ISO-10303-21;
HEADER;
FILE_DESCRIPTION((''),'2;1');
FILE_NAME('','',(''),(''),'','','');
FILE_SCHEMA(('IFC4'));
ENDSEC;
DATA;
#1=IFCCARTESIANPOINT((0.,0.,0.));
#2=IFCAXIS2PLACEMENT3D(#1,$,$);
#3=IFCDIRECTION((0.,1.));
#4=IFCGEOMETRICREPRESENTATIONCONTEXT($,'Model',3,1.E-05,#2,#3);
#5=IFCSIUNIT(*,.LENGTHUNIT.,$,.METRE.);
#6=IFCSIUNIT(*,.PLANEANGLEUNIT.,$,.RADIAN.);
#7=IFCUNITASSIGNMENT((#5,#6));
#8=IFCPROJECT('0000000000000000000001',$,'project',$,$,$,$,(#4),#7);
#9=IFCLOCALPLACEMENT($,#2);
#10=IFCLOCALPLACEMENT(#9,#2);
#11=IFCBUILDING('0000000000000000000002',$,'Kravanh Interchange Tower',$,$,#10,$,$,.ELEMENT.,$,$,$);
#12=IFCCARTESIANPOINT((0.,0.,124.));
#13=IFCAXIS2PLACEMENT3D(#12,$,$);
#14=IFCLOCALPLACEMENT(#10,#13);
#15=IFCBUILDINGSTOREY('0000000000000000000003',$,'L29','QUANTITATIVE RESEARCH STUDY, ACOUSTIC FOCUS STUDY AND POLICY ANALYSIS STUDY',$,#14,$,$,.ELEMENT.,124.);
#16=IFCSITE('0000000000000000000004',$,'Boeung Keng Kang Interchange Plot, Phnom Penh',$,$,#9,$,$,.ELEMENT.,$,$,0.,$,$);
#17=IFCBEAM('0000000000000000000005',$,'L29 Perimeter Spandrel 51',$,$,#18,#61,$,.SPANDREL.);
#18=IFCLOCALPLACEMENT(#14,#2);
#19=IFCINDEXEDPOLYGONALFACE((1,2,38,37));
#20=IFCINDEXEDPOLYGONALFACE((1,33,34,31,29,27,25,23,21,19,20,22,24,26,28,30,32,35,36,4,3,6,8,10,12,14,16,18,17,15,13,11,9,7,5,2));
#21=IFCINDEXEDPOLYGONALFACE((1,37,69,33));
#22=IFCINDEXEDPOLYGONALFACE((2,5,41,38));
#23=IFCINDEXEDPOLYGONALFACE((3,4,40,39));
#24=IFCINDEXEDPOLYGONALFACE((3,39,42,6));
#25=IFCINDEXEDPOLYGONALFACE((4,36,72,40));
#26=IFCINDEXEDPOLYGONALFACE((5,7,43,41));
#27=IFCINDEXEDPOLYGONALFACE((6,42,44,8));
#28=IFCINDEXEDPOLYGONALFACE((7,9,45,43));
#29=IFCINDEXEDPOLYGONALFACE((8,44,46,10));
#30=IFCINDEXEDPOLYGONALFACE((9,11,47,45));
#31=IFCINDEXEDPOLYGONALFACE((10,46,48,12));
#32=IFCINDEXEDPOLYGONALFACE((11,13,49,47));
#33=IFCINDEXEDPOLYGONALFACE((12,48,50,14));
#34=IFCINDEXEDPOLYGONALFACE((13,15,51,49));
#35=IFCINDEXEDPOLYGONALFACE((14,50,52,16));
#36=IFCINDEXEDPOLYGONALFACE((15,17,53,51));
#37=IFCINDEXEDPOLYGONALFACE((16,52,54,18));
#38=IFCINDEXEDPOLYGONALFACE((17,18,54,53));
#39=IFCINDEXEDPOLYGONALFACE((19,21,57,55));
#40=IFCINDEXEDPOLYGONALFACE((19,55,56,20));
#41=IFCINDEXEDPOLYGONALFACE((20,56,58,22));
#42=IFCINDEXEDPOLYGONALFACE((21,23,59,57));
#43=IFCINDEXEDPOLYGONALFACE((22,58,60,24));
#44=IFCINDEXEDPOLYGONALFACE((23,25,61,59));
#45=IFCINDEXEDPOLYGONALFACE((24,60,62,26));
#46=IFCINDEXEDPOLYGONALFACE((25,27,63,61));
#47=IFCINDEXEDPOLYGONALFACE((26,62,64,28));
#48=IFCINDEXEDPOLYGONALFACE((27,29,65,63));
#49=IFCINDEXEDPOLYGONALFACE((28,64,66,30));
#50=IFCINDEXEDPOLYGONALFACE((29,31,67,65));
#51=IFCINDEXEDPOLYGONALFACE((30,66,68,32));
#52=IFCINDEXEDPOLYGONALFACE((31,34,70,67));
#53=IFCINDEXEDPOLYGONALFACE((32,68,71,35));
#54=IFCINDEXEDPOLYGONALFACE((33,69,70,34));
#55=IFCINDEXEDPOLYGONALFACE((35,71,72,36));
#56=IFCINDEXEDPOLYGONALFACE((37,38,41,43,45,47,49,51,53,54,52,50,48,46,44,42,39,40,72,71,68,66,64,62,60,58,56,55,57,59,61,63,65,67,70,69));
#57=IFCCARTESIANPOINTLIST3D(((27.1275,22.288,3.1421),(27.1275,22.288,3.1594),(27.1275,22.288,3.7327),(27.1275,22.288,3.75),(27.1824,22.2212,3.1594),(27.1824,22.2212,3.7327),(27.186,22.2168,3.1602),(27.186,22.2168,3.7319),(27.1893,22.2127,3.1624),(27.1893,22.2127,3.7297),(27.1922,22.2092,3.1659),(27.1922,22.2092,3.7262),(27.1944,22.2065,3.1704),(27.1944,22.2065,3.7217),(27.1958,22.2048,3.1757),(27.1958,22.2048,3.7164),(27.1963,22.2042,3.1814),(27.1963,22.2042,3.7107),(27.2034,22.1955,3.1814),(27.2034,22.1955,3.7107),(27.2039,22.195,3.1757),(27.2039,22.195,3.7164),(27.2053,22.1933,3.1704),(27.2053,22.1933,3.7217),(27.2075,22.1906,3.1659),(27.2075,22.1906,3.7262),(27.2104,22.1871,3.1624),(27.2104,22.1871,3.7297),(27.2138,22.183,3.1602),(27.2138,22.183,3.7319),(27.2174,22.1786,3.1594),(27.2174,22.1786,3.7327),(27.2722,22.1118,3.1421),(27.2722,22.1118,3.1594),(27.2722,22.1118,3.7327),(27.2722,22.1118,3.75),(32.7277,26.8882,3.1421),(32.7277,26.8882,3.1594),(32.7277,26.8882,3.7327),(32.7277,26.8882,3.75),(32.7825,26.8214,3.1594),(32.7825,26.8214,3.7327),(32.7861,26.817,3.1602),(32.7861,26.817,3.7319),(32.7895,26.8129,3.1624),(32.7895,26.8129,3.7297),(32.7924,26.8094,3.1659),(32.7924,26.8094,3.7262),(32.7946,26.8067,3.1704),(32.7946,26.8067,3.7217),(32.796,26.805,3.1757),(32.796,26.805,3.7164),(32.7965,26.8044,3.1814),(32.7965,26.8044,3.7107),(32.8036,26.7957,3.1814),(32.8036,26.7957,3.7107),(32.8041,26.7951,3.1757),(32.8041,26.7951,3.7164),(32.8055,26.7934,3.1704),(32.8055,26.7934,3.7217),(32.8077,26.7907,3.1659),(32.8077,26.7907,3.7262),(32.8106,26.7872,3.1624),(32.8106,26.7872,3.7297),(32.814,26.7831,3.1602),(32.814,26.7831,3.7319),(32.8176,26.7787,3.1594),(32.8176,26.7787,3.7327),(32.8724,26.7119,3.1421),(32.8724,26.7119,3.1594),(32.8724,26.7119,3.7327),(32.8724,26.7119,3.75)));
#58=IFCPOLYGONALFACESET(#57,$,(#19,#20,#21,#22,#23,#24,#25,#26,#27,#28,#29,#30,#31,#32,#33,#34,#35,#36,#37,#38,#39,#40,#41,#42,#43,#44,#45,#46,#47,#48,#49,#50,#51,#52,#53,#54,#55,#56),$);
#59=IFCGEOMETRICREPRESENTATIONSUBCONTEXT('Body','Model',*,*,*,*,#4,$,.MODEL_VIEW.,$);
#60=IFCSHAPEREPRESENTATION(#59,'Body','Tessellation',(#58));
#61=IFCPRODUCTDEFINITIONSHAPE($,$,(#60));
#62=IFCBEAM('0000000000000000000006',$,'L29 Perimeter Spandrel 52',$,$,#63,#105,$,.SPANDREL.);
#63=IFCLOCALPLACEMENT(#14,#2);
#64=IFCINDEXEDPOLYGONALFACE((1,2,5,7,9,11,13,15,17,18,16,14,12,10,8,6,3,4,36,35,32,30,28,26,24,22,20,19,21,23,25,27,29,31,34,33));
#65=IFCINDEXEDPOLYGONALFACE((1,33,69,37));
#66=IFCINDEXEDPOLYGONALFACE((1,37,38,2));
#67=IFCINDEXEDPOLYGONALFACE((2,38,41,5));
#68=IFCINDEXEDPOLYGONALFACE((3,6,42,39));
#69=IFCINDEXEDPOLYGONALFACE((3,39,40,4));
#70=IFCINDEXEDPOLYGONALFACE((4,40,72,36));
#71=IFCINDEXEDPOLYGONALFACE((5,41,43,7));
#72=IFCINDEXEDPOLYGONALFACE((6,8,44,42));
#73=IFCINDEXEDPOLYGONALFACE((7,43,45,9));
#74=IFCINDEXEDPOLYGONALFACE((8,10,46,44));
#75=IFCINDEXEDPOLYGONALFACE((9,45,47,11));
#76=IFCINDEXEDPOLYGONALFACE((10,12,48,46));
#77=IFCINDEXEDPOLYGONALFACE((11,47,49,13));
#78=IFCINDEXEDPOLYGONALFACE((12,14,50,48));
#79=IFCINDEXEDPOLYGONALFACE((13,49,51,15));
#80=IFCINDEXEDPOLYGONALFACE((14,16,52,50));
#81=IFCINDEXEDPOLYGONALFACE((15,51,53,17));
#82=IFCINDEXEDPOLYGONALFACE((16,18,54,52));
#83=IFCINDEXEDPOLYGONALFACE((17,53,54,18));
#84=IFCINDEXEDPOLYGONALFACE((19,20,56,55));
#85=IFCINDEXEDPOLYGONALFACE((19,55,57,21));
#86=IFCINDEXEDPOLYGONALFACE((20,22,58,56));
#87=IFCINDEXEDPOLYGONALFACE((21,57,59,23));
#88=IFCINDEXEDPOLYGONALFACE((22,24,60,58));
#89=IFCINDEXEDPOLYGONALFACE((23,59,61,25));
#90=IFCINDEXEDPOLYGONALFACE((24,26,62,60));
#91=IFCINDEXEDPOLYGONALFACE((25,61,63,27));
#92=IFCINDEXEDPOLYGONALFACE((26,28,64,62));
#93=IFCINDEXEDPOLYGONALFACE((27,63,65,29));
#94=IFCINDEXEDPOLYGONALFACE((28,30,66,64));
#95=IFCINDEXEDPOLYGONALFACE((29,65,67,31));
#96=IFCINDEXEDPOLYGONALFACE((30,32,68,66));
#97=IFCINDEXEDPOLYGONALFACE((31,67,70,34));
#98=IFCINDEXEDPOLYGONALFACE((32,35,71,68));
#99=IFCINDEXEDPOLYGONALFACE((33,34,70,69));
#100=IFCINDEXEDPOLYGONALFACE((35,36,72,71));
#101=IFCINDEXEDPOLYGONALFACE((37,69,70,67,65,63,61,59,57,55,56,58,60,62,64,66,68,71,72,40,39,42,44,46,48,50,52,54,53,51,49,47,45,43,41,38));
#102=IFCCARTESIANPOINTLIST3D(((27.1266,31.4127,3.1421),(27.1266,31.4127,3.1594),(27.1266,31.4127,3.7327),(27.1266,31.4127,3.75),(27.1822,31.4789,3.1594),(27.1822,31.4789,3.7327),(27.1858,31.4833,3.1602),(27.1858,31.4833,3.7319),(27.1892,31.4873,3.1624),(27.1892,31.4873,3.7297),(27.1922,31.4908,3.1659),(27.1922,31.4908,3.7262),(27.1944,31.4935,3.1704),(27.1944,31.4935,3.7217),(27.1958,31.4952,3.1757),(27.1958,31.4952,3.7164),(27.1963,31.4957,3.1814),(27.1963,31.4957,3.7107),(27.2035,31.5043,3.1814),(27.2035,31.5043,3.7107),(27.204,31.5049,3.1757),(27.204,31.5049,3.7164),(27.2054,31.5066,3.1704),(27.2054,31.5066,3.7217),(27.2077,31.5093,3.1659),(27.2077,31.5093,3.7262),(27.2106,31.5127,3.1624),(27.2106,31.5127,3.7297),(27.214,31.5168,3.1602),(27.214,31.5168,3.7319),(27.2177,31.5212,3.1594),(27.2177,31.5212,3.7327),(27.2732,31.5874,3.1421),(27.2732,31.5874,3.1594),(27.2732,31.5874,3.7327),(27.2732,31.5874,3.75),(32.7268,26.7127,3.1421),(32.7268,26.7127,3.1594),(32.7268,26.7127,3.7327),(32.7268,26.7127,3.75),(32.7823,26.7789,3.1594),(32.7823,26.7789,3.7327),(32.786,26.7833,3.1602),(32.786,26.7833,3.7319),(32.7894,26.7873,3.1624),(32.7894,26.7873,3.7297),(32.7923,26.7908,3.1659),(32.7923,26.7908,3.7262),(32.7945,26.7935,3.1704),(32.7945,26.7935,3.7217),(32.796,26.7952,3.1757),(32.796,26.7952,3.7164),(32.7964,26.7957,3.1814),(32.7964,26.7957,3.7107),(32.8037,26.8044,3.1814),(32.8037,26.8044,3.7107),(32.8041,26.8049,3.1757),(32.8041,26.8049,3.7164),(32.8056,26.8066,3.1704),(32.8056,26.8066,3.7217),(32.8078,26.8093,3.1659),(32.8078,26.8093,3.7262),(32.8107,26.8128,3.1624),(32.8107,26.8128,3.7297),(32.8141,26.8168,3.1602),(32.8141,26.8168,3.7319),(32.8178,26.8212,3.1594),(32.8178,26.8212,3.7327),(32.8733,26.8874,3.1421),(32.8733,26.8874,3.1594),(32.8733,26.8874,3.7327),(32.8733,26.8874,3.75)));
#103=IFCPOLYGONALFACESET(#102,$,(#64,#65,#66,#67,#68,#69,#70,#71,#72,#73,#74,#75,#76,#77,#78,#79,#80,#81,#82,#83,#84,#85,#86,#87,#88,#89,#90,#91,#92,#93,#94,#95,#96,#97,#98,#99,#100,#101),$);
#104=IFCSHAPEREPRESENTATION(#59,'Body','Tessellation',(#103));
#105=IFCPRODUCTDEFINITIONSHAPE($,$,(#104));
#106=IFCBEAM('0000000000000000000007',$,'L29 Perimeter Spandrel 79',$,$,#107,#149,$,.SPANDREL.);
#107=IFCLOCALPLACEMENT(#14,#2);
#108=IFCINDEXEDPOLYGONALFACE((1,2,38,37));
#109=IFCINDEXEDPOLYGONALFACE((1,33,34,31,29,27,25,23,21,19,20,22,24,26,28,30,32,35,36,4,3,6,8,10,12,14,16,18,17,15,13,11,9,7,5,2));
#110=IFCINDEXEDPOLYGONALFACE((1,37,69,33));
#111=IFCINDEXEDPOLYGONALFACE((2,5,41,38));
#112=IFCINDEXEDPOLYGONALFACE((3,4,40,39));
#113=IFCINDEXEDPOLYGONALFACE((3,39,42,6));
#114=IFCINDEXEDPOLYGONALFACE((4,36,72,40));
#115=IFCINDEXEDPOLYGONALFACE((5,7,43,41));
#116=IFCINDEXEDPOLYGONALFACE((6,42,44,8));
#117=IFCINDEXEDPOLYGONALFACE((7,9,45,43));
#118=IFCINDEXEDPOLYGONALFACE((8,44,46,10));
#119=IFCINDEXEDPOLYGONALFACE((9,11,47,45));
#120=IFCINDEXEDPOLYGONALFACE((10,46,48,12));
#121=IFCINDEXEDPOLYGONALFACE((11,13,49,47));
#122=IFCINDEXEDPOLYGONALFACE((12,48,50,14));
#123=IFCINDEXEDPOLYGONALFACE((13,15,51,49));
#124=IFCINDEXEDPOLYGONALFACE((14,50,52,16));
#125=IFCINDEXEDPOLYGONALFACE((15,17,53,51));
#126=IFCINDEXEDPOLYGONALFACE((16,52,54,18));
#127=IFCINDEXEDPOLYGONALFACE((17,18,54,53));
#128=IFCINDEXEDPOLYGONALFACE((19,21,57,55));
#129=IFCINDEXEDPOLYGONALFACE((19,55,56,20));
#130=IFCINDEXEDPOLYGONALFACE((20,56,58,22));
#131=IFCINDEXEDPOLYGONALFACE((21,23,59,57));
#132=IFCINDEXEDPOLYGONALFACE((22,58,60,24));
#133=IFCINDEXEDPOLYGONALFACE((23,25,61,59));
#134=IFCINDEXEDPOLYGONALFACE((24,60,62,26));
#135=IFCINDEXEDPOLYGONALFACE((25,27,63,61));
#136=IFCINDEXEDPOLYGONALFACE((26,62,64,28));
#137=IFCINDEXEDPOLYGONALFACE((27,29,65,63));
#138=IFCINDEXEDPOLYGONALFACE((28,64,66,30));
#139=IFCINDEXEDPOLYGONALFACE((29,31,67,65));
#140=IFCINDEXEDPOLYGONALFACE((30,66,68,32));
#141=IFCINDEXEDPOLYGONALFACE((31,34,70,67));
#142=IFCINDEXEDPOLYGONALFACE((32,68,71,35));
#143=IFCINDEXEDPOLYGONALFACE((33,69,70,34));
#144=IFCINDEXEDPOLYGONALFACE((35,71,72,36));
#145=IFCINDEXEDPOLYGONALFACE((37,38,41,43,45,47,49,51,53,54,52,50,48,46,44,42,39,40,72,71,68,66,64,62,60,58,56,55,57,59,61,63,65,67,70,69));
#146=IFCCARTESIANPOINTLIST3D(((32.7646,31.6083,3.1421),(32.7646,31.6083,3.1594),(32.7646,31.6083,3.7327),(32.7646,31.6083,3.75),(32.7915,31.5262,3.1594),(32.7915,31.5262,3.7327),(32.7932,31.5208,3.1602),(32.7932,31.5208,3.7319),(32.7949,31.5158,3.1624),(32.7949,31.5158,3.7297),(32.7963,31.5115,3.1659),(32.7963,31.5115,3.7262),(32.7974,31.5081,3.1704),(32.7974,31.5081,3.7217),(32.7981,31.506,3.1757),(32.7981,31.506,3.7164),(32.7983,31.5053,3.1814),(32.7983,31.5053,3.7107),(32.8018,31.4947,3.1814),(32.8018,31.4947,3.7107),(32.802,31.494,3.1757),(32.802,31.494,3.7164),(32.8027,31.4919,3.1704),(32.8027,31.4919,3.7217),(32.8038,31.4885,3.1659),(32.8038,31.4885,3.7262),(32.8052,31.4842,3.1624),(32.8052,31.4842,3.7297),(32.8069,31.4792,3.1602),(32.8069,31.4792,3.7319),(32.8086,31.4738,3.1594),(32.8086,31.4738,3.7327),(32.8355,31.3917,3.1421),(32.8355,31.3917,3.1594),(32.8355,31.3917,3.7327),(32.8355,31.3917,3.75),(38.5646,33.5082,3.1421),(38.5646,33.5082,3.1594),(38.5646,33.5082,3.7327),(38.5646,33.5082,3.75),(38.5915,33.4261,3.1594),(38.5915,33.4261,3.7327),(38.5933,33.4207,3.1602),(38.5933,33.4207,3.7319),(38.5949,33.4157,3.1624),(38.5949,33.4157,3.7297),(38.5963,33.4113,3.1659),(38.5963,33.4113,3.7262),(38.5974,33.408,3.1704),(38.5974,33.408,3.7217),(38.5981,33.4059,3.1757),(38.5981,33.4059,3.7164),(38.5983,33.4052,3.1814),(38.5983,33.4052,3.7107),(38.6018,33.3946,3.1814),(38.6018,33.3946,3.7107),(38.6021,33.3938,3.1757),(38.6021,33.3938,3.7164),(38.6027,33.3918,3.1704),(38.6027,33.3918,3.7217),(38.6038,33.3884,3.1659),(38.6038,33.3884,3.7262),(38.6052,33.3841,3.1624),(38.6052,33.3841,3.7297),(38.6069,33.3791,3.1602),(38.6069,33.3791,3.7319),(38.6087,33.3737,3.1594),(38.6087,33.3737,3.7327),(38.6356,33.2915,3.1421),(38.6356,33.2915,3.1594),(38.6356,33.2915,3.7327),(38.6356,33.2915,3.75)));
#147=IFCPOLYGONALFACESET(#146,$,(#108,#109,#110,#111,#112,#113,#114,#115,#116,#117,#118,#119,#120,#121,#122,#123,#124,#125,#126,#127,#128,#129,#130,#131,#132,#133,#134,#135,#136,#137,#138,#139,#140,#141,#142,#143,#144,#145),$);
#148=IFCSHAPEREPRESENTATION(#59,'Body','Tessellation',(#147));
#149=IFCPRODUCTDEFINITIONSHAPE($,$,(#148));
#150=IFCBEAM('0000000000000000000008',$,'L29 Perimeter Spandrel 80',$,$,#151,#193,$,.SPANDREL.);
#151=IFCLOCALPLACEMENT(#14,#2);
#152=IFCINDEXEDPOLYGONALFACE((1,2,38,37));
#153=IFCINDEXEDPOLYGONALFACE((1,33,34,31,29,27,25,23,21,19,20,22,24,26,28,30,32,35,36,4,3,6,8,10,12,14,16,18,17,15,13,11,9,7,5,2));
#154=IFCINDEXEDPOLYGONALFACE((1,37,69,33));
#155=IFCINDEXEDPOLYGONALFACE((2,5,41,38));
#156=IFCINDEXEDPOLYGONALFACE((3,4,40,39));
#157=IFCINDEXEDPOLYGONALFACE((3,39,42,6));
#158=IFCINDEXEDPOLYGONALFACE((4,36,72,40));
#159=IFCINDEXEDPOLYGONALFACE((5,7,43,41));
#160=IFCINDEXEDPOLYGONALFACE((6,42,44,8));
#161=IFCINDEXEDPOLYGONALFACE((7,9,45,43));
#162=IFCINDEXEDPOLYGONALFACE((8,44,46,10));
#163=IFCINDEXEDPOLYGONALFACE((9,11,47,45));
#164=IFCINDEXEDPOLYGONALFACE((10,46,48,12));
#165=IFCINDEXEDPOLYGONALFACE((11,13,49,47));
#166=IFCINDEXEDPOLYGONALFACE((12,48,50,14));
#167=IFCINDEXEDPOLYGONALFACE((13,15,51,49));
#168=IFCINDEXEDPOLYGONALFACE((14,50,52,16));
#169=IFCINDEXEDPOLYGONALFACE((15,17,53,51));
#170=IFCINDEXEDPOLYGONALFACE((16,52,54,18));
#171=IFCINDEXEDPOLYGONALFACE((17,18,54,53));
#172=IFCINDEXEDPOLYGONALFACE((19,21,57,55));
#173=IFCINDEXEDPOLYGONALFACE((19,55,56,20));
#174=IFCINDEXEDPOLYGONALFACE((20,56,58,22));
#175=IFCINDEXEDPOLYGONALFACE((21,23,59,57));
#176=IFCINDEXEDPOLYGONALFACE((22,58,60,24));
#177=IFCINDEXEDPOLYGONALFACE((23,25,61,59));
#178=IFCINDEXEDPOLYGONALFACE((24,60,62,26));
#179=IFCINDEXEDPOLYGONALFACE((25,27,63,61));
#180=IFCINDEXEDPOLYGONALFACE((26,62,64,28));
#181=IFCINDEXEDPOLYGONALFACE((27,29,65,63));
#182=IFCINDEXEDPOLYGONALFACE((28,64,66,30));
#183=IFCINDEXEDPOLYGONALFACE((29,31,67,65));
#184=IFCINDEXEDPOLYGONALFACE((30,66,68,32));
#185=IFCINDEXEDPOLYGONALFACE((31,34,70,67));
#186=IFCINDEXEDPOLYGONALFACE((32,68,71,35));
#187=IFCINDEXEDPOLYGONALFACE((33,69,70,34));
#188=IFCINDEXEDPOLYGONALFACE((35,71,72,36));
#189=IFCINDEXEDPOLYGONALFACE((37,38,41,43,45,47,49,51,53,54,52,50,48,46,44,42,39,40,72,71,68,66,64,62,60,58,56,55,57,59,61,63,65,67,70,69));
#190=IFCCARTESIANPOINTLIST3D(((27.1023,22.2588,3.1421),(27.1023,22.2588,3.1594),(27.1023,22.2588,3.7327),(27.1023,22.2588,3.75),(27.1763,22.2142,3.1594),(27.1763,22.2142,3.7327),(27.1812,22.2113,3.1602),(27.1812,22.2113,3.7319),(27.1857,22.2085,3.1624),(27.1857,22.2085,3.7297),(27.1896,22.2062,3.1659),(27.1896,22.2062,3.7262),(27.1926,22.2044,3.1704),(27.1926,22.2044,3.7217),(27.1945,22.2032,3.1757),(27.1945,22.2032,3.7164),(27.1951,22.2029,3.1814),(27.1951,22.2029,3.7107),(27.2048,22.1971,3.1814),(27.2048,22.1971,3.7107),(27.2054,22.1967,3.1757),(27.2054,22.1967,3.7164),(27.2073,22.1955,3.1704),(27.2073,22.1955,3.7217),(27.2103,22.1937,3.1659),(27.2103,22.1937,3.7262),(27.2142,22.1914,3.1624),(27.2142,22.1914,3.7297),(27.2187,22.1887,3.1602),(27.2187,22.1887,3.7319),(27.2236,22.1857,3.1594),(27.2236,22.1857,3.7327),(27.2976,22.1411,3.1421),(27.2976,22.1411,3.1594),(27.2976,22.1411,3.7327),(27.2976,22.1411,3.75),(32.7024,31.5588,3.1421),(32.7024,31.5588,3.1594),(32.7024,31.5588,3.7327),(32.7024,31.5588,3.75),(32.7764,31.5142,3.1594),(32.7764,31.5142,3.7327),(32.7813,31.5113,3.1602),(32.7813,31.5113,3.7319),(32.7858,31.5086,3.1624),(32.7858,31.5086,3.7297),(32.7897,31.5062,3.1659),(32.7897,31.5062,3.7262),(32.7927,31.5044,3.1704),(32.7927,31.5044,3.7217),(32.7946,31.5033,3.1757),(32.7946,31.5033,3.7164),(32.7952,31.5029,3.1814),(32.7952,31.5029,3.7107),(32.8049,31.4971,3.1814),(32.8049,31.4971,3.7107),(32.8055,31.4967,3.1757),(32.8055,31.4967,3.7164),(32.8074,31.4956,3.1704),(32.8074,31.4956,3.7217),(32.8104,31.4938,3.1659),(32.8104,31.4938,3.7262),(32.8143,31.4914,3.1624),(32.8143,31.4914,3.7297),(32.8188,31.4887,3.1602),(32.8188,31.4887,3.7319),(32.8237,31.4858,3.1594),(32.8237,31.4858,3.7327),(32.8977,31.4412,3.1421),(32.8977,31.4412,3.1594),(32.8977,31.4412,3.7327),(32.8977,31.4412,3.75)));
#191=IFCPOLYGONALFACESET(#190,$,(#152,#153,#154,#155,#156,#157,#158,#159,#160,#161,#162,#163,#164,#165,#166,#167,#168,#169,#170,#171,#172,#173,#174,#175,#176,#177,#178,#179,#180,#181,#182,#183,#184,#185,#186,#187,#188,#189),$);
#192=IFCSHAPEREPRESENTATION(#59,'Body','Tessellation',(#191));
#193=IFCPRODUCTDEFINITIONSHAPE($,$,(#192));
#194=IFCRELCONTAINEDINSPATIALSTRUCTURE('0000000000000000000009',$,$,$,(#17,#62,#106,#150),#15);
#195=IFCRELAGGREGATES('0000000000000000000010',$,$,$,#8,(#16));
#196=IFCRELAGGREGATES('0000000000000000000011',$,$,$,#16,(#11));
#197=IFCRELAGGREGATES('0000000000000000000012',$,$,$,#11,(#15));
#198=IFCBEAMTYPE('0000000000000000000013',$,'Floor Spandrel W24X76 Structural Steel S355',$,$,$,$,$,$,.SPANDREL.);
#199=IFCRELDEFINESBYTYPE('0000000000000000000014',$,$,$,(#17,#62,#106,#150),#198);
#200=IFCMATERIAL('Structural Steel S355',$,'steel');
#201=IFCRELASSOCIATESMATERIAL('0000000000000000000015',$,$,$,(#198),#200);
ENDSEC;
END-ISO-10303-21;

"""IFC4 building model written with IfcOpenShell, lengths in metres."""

from ifc_helpers import new_model, si_unit, direction, frame, origin, origin_2d, place, context, subcontext, project, spatial, i_section, extrude, material, material_profile, profile_set, type_object, element, save


model = new_model("IFC4")

# Units and contexts
model_context = context("Model", 3, precision=1e-05, world=origin(), true_north=direction((0.0, 1.0)))
body_context = subcontext(model_context, "Body", "Model", "MODEL_VIEW")
ifc_project = project(units=[si_unit("LENGTHUNIT", "METRE"), si_unit("PLANEANGLEUNIT", "RADIAN")], contexts=[model_context])

# Site, building, storey
site_placement = place(None, origin())
site = spatial("IfcSite", under=ifc_project, at=site_placement, Name="Boeung Keng Kang Interchange Plot, Phnom Penh", CompositionType="ELEMENT", RefElevation=0.0)
building_placement = place(site_placement, origin())
building = spatial("IfcBuilding", under=site, at=building_placement, Name="Kravanh Interchange Tower", CompositionType="ELEMENT")
storey_placement = place(building_placement, frame((0.0, 0.0, 124.0)))
storey = spatial("IfcBuildingStorey", under=building, at=storey_placement, Name="L29", Description="QUANTITATIVE RESEARCH STUDY, ACOUSTIC FOCUS STUDY AND POLICY ANALYSIS STUDY", CompositionType="ELEMENT", Elevation=124.0)

# Beams
ifc_material_1 = material(Name="Structural Steel S355", Category="steel")
ifc_material_profile_1 = material_profile(ifc_material_1, i_section(OverallWidth=0.228, OverallDepth=0.6079, WebThickness=0.0112, FlangeThickness=0.0173, FilletRadius=0.022, at=origin_2d()), Name="W24X76")
ifc_profile_set_1 = profile_set([ifc_material_profile_1], Name="Structural Steel S355")
beam_type_1 = type_object("IfcBeamType", Name="Floor Spandrel W24X76 Structural Steel S355", PredefinedType="SPANDREL", material=ifc_profile_set_1)
beam_1_placement = place(storey_placement, frame((32.8, 26.8, 3.446), z_axis=(-0.772725, -0.634741, 0.0), x_axis=(0.634741, -0.772725, 0.0)))
element("IfcBeam", 1, at=beam_1_placement, inside=storey, type_object=beam_type_1, Name="L29 Perimeter Spandrel 51", PredefinedType="SPANDREL", context=body_context, shape_type="SweptSolid", body=[
    extrude(i_section(OverallWidth=0.228, OverallDepth=0.6079, WebThickness=0.0112, FlangeThickness=0.0173, FilletRadius=0.022, at=origin_2d()), origin(), (0.0, 0.0, 1.0), 7.2473),
])
beam_2_placement = place(storey_placement, frame((32.8, 26.8, 3.446), z_axis=(-0.765983, 0.642861, 0.0), x_axis=(-0.642861, -0.765983, 0.0)))
element("IfcBeam", 2, at=beam_2_placement, inside=storey, type_object=beam_type_1, Name="L29 Perimeter Spandrel 52", PredefinedType="SPANDREL", context=body_context, shape_type="SweptSolid", body=[
    extrude(i_section(OverallWidth=0.228, OverallDepth=0.6079, WebThickness=0.0112, FlangeThickness=0.0173, FilletRadius=0.022, at=origin_2d()), origin(), (0.0, 0.0, 1.0), 7.311),
])
beam_3_placement = place(storey_placement, frame((32.8, 31.5, 3.446), z_axis=(0.950315, 0.311291, 0.0), x_axis=(-0.311291, 0.950315, 0.0)))
element("IfcBeam", 3, at=beam_3_placement, inside=storey, type_object=beam_type_1, Name="L29 Perimeter Spandrel 79", PredefinedType="SPANDREL", context=body_context, shape_type="SweptSolid", body=[
    extrude(i_section(OverallWidth=0.228, OverallDepth=0.6079, WebThickness=0.0112, FlangeThickness=0.0173, FilletRadius=0.022, at=origin_2d()), origin(), (0.0, 0.0, 1.0), 6.1033),
])
beam_4_placement = place(storey_placement, frame((32.8, 31.5, 3.446), z_axis=(-0.515854, -0.856676, 0.0), x_axis=(0.856676, -0.515854, 0.0)))
element("IfcBeam", 4, at=beam_4_placement, inside=storey, type_object=beam_type_1, Name="L29 Perimeter Spandrel 80", PredefinedType="SPANDREL", context=body_context, shape_type="SweptSolid", body=[
    extrude(i_section(OverallWidth=0.228, OverallDepth=0.6079, WebThickness=0.0112, FlangeThickness=0.0173, FilletRadius=0.022, at=origin_2d()), origin(), (0.0, 0.0, 1.0), 10.856),
])

save(model, "model.ifc")
